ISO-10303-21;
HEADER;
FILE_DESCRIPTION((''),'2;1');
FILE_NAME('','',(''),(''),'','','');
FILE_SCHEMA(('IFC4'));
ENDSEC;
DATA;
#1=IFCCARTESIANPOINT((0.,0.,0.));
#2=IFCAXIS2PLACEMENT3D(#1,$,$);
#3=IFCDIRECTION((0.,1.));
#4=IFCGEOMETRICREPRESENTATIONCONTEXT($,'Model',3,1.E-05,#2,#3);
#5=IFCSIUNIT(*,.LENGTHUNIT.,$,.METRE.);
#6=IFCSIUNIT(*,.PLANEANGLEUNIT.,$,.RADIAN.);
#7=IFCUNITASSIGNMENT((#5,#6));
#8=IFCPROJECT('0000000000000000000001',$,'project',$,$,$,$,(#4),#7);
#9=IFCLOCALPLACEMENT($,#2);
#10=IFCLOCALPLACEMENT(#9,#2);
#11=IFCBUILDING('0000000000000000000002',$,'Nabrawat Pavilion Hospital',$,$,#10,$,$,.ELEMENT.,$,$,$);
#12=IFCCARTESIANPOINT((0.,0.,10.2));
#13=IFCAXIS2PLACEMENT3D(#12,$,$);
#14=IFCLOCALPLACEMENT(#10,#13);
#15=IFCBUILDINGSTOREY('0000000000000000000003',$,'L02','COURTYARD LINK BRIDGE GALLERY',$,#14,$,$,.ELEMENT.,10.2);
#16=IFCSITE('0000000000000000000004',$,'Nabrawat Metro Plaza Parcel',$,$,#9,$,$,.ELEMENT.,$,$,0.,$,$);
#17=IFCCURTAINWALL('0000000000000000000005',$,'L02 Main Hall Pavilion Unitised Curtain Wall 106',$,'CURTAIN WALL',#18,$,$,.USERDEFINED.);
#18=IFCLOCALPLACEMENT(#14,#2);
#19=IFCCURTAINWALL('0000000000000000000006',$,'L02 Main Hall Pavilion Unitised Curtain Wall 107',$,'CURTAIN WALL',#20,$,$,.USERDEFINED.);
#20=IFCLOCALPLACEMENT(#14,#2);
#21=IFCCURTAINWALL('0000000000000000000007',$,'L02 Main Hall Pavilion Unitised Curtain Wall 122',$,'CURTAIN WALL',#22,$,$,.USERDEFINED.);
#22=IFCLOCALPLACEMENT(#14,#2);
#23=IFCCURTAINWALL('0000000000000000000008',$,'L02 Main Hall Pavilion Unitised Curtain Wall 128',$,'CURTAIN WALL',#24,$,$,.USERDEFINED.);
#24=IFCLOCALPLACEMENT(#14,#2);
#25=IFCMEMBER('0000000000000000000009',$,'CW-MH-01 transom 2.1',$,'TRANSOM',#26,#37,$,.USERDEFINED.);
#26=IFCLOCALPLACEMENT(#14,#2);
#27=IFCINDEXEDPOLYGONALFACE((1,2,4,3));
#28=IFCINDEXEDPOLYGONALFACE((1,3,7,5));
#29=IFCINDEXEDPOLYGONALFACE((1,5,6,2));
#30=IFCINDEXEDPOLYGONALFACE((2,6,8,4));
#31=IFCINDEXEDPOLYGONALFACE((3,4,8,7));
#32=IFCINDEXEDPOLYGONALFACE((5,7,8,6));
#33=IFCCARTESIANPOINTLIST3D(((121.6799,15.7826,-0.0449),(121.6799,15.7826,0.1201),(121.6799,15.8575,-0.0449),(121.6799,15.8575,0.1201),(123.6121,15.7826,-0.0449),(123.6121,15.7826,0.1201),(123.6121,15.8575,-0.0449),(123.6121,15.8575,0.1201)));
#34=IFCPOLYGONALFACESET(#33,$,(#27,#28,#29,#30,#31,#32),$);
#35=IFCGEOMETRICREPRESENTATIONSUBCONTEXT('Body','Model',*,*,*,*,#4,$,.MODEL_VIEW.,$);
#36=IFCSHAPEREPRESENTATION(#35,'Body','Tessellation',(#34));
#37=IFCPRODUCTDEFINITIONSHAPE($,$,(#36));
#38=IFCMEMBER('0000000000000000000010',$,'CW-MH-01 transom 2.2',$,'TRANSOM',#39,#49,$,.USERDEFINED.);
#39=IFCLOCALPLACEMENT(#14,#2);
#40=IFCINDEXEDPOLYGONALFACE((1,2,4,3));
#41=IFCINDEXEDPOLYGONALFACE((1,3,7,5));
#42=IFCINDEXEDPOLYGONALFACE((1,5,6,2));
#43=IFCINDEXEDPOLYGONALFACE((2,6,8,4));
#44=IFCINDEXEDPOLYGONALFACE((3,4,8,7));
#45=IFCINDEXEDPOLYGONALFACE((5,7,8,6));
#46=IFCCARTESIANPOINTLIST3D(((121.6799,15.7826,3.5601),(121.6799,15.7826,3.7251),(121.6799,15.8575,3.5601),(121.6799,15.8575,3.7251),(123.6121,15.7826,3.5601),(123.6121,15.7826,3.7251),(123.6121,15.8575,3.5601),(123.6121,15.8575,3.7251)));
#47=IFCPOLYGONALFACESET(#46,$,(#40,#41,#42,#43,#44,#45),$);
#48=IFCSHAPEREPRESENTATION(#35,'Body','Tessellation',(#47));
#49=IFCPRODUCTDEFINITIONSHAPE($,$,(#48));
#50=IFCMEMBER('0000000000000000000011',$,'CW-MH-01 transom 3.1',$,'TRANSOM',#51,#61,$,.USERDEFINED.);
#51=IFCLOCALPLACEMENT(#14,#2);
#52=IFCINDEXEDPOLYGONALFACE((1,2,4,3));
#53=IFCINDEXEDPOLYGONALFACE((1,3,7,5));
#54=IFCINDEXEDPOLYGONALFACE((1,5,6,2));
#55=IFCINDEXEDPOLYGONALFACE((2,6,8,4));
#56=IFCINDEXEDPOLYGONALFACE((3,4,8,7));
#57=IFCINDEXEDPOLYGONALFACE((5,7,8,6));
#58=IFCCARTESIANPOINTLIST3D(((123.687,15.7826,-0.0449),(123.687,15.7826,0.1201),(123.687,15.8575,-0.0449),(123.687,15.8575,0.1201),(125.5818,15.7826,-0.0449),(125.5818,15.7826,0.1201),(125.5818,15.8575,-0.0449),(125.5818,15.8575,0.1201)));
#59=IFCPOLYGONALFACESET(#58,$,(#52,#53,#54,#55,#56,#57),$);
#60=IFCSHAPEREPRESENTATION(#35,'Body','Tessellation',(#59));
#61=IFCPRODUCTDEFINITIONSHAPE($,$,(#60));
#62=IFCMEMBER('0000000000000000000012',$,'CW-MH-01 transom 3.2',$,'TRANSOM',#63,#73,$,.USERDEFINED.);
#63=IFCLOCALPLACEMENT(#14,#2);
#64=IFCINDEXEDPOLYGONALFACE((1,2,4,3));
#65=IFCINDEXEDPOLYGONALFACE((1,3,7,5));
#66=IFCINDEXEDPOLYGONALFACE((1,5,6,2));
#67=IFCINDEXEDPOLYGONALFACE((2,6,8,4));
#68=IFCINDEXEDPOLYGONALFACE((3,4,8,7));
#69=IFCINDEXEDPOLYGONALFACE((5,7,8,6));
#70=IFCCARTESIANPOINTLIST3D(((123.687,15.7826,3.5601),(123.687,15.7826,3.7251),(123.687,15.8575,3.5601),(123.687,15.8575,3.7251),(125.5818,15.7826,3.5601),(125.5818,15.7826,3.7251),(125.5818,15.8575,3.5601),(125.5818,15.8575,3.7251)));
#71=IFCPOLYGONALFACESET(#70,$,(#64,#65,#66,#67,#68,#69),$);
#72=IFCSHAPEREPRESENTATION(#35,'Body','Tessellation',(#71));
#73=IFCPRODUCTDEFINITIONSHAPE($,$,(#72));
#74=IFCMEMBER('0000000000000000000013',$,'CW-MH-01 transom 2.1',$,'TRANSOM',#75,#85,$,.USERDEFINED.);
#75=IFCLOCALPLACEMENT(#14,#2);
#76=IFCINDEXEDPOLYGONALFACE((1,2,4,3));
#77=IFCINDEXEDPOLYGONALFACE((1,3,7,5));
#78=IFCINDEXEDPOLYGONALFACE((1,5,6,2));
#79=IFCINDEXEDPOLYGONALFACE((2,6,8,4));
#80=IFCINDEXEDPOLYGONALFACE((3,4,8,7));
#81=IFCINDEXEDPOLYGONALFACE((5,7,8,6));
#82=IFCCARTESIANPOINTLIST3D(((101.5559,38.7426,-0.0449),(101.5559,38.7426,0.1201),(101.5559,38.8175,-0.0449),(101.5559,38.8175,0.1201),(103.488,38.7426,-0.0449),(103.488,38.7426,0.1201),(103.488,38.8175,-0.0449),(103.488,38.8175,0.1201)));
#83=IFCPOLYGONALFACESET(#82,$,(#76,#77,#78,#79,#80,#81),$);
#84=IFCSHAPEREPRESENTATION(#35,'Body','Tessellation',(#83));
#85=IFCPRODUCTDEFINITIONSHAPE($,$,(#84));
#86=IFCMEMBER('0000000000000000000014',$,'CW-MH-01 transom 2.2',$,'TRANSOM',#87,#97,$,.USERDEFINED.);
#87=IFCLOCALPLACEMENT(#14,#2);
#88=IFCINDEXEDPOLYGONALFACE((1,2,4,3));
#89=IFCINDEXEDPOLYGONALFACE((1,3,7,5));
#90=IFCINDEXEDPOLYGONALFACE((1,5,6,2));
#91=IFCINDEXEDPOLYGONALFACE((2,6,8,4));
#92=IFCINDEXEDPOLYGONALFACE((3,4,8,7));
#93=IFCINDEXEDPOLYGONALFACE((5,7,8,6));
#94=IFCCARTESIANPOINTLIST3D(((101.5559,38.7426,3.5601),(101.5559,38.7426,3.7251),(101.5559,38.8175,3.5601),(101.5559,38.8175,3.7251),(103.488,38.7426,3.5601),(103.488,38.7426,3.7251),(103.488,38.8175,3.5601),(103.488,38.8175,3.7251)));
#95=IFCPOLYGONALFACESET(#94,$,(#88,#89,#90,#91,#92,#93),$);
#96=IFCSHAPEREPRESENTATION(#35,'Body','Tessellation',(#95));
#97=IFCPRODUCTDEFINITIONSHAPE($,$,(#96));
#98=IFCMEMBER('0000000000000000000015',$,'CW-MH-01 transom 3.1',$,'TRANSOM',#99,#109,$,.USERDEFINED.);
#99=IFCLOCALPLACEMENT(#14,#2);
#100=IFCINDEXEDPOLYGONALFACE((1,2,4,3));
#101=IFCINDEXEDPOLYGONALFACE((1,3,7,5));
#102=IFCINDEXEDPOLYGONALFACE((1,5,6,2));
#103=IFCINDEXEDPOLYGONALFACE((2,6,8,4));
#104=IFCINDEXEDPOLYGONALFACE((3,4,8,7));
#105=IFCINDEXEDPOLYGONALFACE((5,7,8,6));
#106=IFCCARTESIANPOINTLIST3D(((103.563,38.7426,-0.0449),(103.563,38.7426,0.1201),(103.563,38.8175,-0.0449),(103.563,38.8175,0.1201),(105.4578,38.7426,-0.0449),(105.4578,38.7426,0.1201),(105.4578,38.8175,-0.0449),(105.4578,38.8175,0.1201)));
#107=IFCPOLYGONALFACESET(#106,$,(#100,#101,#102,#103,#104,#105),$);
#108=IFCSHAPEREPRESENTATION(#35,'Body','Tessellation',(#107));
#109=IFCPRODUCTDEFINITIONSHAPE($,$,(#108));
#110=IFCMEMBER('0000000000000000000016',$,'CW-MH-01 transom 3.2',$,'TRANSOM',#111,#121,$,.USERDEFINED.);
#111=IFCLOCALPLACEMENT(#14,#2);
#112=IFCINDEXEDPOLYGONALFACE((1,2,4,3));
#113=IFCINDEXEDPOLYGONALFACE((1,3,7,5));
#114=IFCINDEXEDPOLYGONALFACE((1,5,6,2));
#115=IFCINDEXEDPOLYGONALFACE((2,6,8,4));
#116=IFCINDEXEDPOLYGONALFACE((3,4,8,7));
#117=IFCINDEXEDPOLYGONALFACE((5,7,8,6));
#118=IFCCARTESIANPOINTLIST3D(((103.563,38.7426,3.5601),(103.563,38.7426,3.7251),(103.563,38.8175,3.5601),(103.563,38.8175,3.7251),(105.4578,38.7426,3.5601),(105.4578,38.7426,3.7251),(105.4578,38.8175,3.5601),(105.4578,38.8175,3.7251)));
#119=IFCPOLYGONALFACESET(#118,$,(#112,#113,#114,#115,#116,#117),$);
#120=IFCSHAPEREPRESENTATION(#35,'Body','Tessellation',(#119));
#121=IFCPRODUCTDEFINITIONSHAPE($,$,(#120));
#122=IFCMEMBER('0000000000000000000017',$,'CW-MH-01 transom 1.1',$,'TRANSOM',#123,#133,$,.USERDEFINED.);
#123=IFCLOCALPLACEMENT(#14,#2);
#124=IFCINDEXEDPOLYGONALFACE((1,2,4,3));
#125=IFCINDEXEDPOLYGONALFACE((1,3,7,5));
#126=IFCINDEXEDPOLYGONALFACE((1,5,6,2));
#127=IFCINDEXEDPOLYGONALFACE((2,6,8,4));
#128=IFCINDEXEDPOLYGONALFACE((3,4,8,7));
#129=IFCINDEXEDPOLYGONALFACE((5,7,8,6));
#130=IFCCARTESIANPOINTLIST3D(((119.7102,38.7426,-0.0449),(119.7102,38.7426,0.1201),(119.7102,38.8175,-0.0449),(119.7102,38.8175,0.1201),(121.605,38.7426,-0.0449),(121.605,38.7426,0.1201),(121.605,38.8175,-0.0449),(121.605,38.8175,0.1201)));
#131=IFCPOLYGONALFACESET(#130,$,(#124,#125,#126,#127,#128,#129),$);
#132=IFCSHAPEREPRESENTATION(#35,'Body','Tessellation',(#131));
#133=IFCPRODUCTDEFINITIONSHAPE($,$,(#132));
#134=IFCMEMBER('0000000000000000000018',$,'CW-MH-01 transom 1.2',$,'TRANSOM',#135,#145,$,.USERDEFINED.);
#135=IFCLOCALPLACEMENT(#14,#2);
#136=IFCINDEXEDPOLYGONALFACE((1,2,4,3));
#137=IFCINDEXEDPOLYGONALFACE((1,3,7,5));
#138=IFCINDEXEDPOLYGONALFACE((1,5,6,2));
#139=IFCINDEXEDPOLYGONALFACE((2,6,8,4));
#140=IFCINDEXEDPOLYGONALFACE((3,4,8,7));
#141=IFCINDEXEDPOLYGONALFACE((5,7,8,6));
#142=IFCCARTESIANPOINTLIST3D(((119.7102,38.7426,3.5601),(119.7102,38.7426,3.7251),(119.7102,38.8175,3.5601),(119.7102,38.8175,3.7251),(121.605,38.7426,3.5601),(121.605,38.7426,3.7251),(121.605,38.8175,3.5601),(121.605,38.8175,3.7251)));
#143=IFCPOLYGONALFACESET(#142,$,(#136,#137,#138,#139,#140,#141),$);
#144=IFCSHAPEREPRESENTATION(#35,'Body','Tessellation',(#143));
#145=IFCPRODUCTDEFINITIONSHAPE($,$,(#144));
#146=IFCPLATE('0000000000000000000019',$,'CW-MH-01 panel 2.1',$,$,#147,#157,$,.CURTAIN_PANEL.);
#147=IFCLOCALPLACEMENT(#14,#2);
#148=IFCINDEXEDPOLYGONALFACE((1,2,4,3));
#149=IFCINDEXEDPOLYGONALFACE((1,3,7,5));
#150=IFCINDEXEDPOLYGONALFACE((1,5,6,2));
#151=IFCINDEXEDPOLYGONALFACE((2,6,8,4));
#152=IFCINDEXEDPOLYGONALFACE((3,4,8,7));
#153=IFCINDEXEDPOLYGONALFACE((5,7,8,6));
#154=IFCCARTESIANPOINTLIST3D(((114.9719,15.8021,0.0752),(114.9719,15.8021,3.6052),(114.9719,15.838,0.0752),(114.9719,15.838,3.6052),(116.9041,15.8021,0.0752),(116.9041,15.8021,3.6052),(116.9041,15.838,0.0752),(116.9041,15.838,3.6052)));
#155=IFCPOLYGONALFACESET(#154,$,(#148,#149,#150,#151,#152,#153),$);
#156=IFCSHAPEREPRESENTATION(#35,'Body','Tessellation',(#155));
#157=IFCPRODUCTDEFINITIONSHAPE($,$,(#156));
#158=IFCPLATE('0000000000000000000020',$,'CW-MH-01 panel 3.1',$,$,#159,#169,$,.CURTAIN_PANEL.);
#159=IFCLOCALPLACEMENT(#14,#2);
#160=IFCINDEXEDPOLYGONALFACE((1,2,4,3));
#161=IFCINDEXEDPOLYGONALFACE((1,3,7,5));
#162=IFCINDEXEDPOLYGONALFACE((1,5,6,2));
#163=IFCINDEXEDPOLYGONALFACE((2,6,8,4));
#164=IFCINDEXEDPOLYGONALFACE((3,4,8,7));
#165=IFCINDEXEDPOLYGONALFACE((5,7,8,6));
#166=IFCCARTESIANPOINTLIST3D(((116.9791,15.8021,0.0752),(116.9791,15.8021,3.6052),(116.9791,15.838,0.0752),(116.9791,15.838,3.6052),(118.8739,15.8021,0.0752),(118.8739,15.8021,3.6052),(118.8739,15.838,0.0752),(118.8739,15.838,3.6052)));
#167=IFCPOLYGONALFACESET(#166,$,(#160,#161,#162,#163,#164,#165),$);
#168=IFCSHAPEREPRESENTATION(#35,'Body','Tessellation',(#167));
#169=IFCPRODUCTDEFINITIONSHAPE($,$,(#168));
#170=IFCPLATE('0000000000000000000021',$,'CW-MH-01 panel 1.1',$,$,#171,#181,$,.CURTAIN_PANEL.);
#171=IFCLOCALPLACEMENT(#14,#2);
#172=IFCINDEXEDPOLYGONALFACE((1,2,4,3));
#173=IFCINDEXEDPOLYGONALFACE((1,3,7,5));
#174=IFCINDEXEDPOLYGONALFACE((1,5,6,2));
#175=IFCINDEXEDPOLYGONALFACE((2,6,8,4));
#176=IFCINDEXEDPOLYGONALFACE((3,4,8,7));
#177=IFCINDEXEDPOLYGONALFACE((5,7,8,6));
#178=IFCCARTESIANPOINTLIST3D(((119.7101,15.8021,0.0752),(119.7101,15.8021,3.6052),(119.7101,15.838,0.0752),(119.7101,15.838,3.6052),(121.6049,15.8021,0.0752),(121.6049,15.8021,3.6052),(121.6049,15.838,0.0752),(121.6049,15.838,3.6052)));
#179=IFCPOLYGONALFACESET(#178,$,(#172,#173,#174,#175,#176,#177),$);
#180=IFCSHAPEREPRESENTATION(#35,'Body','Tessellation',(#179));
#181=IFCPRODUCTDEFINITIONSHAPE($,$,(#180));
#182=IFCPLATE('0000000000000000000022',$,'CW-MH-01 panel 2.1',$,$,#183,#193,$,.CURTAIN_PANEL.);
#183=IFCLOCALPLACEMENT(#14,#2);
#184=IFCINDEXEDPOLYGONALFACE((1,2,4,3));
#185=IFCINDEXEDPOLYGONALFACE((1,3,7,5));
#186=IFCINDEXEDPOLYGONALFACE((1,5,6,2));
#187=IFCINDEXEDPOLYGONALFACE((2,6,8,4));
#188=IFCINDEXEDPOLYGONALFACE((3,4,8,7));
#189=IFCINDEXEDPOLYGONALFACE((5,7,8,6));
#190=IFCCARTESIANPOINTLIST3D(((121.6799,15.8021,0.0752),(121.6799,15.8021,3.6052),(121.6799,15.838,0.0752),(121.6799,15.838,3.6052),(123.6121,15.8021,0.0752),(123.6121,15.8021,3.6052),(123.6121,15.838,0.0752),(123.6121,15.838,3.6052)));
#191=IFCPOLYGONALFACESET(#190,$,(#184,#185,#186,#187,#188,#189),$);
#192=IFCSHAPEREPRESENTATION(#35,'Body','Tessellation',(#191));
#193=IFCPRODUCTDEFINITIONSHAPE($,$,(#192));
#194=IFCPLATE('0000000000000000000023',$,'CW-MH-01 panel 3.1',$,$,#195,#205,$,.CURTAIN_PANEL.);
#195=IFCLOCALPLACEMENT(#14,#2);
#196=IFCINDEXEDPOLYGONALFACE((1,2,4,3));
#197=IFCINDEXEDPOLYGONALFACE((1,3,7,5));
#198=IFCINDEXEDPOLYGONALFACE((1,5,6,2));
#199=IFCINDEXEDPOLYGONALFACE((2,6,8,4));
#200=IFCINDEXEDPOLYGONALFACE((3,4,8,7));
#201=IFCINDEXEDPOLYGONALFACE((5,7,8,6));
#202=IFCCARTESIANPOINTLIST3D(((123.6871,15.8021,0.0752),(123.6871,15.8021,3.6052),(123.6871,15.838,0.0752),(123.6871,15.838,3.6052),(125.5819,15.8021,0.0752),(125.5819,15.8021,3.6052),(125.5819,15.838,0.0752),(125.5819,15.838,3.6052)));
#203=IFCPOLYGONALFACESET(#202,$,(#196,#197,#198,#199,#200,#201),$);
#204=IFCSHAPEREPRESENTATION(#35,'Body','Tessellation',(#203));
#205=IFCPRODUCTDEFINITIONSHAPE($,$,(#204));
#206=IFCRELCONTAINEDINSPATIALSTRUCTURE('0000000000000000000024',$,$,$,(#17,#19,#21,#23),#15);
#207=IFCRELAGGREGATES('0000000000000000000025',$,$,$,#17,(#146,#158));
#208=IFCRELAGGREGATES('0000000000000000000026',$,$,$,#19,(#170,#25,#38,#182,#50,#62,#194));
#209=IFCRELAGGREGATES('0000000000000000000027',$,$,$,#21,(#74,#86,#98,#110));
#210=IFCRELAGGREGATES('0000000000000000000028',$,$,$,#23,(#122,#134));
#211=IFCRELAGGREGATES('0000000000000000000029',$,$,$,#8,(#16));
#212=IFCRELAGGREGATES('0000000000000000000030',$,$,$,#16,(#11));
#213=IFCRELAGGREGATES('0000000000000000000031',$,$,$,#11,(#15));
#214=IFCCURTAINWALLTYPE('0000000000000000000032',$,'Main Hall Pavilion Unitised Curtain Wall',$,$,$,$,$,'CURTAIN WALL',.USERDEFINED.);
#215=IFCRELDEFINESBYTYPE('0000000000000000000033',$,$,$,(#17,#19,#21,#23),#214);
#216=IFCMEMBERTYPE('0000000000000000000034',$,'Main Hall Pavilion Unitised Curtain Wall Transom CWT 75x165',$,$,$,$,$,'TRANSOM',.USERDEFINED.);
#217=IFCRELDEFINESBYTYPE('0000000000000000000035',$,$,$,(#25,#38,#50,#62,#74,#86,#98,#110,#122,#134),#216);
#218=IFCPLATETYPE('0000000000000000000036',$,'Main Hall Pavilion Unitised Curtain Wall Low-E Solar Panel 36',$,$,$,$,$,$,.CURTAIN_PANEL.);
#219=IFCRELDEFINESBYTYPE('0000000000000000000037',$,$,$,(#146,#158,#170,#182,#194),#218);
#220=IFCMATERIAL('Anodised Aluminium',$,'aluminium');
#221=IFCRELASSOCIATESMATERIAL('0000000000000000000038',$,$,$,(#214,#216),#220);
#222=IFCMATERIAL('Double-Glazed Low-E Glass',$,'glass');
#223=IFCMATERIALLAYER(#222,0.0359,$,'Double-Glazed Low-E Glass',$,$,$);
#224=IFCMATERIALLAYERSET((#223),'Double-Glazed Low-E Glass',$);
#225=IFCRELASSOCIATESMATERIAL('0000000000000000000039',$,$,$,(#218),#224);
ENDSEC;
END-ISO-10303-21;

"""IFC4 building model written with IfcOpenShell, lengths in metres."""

from ifc_helpers import new_model, si_unit, direction, frame, origin, origin_2d, place, context, subcontext, project, spatial, rectangle, extrude, material, layer, layer_set, material_profile, profile_set, type_object, element, aggregate, save


model = new_model("IFC4")

# Units and contexts
model_context = context("Model", 3, precision=1e-05, world=origin(), true_north=direction((0.0, 1.0)))
body_context = subcontext(model_context, "Body", "Model", "MODEL_VIEW")
ifc_project = project(units=[si_unit("LENGTHUNIT", "METRE"), si_unit("PLANEANGLEUNIT", "RADIAN")], contexts=[model_context])

# Site, building, storey
site_placement = place(None, origin())
site = spatial("IfcSite", under=ifc_project, at=site_placement, Name="Nabrawat Metro Plaza Parcel", CompositionType="ELEMENT", RefElevation=0.0)
building_placement = place(site_placement, origin())
building = spatial("IfcBuilding", under=site, at=building_placement, Name="Nabrawat Pavilion Hospital", CompositionType="ELEMENT")
storey_placement = place(building_placement, frame((0.0, 0.0, 10.2)))
storey = spatial("IfcBuildingStorey", under=building, at=storey_placement, Name="L02", Description="COURTYARD LINK BRIDGE GALLERY", CompositionType="ELEMENT", Elevation=10.2)

# Curtain walls
ifc_material_1 = material(Name="Anodised Aluminium", Category="aluminium")
curtain_wall_type = type_object("IfcCurtainWallType", Name="Main Hall Pavilion Unitised Curtain Wall", ElementType="CURTAIN WALL", PredefinedType="USERDEFINED", material=ifc_material_1)
curtain_wall_1_placement = place(storey_placement, origin())
curtain_wall_1 = element("IfcCurtainWall", 1, at=curtain_wall_1_placement, inside=storey, type_object=curtain_wall_type, Name="L02 Main Hall Pavilion Unitised Curtain Wall 106", ObjectType="CURTAIN WALL", PredefinedType="USERDEFINED")
curtain_wall_2_placement = place(storey_placement, origin())
curtain_wall_2 = element("IfcCurtainWall", 2, at=curtain_wall_2_placement, inside=storey, type_object=curtain_wall_type, Name="L02 Main Hall Pavilion Unitised Curtain Wall 107", ObjectType="CURTAIN WALL", PredefinedType="USERDEFINED")
curtain_wall_3_placement = place(storey_placement, origin())
curtain_wall_3 = element("IfcCurtainWall", 3, at=curtain_wall_3_placement, inside=storey, type_object=curtain_wall_type, Name="L02 Main Hall Pavilion Unitised Curtain Wall 122", ObjectType="CURTAIN WALL", PredefinedType="USERDEFINED")

# Curtain wall
curtain_wall_4_placement = place(storey_placement, origin())
curtain_wall_4 = element("IfcCurtainWall", 4, at=curtain_wall_4_placement, inside=storey, type_object=curtain_wall_type, Name="L02 Main Hall Pavilion Unitised Curtain Wall 128", ObjectType="CURTAIN WALL", PredefinedType="USERDEFINED")

# Members
ifc_material_profile_1 = material_profile(ifc_material_1, rectangle(XDim=0.075, YDim=0.165, at=origin_2d()), Name="CWT 75x165")
ifc_profile_set_1 = profile_set([ifc_material_profile_1], Name="Anodised Aluminium")
member_type_1 = type_object("IfcMemberType", Name="Main Hall Pavilion Unitised Curtain Wall Transom CWT 75x165", ElementType="TRANSOM", PredefinedType="USERDEFINED", material=ifc_profile_set_1)
member_1_placement = place(storey_placement, frame((121.6799, 15.8201, 0.0376), z_axis=(1.0, 0.0, 0.0), x_axis=(0.0, 1.0, 0.0)))
member_1 = element("IfcMember", 5, at=member_1_placement, type_object=member_type_1, Name="CW-MH-01 transom 2.1", ObjectType="TRANSOM", PredefinedType="USERDEFINED", context=body_context, shape_type="SweptSolid", body=[
    extrude(rectangle(XDim=0.075, YDim=0.165, at=origin_2d()), origin(), (0.0, 0.0, 1.0), 1.9321),
])
member_2_placement = place(storey_placement, frame((121.6799, 15.8201, 3.6426), z_axis=(1.0, 0.0, 0.0), x_axis=(0.0, 1.0, 0.0)))
member_2 = element("IfcMember", 6, at=member_2_placement, type_object=member_type_1, Name="CW-MH-01 transom 2.2", ObjectType="TRANSOM", PredefinedType="USERDEFINED", context=body_context, shape_type="SweptSolid", body=[
    extrude(rectangle(XDim=0.075, YDim=0.165, at=origin_2d()), origin(), (0.0, 0.0, 1.0), 1.9321),
])
member_3_placement = place(storey_placement, frame((123.687, 15.8201, 0.0376), z_axis=(1.0, 0.0, 0.0), x_axis=(0.0, 1.0, 0.0)))
member_3 = element("IfcMember", 7, at=member_3_placement, type_object=member_type_1, Name="CW-MH-01 transom 3.1", ObjectType="TRANSOM", PredefinedType="USERDEFINED", context=body_context, shape_type="SweptSolid", body=[
    extrude(rectangle(XDim=0.075, YDim=0.165, at=origin_2d()), origin(), (0.0, 0.0, 1.0), 1.8948),
])
member_4_placement = place(storey_placement, frame((123.687, 15.8201, 3.6426), z_axis=(1.0, 0.0, 0.0), x_axis=(0.0, 1.0, 0.0)))
member_4 = element("IfcMember", 8, at=member_4_placement, type_object=member_type_1, Name="CW-MH-01 transom 3.2", ObjectType="TRANSOM", PredefinedType="USERDEFINED", context=body_context, shape_type="SweptSolid", body=[
    extrude(rectangle(XDim=0.075, YDim=0.165, at=origin_2d()), origin(), (0.0, 0.0, 1.0), 1.8948),
])
member_5_placement = place(storey_placement, frame((101.5559, 38.78, 0.0376), z_axis=(1.0, 0.0, 0.0), x_axis=(0.0, 1.0, 0.0)))
member_5 = element("IfcMember", 9, at=member_5_placement, type_object=member_type_1, Name="CW-MH-01 transom 2.1", ObjectType="TRANSOM", PredefinedType="USERDEFINED", context=body_context, shape_type="SweptSolid", body=[
    extrude(rectangle(XDim=0.075, YDim=0.165, at=origin_2d()), origin(), (0.0, 0.0, 1.0), 1.9321),
])
member_6_placement = place(storey_placement, frame((101.5559, 38.78, 3.6426), z_axis=(1.0, 0.0, 0.0), x_axis=(0.0, 1.0, 0.0)))
member_6 = element("IfcMember", 10, at=member_6_placement, type_object=member_type_1, Name="CW-MH-01 transom 2.2", ObjectType="TRANSOM", PredefinedType="USERDEFINED", context=body_context, shape_type="SweptSolid", body=[
    extrude(rectangle(XDim=0.075, YDim=0.165, at=origin_2d()), origin(), (0.0, 0.0, 1.0), 1.9321),
])
member_7_placement = place(storey_placement, frame((103.563, 38.78, 0.0376), z_axis=(1.0, 0.0, 0.0), x_axis=(0.0, 1.0, 0.0)))
member_7 = element("IfcMember", 11, at=member_7_placement, type_object=member_type_1, Name="CW-MH-01 transom 3.1", ObjectType="TRANSOM", PredefinedType="USERDEFINED", context=body_context, shape_type="SweptSolid", body=[
    extrude(rectangle(XDim=0.075, YDim=0.165, at=origin_2d()), origin(), (0.0, 0.0, 1.0), 1.8948),
])
member_8_placement = place(storey_placement, frame((103.563, 38.78, 3.6426), z_axis=(1.0, 0.0, 0.0), x_axis=(0.0, 1.0, 0.0)))
member_8 = element("IfcMember", 12, at=member_8_placement, type_object=member_type_1, Name="CW-MH-01 transom 3.2", ObjectType="TRANSOM", PredefinedType="USERDEFINED", context=body_context, shape_type="SweptSolid", body=[
    extrude(rectangle(XDim=0.075, YDim=0.165, at=origin_2d()), origin(), (0.0, 0.0, 1.0), 1.8948),
])
member_9_placement = place(storey_placement, frame((119.7102, 38.78, 0.0376), z_axis=(1.0, 0.0, 0.0), x_axis=(0.0, 1.0, 0.0)))
member_9 = element("IfcMember", 13, at=member_9_placement, type_object=member_type_1, Name="CW-MH-01 transom 1.1", ObjectType="TRANSOM", PredefinedType="USERDEFINED", context=body_context, shape_type="SweptSolid", body=[
    extrude(rectangle(XDim=0.075, YDim=0.165, at=origin_2d()), origin(), (0.0, 0.0, 1.0), 1.8948),
])
member_10_placement = place(storey_placement, frame((119.7102, 38.78, 3.6426), z_axis=(1.0, 0.0, 0.0), x_axis=(0.0, 1.0, 0.0)))
member_10 = element("IfcMember", 14, at=member_10_placement, type_object=member_type_1, Name="CW-MH-01 transom 1.2", ObjectType="TRANSOM", PredefinedType="USERDEFINED", context=body_context, shape_type="SweptSolid", body=[
    extrude(rectangle(XDim=0.075, YDim=0.165, at=origin_2d()), origin(), (0.0, 0.0, 1.0), 1.8948),
])

# Plates
ifc_material_2 = material(Name="Double-Glazed Low-E Glass", Category="glass")
ifc_layer_1 = layer(ifc_material_2, 0.0359, Name="Double-Glazed Low-E Glass")
ifc_layer_set_1 = layer_set([ifc_layer_1], Name="Double-Glazed Low-E Glass")
plate_type = type_object("IfcPlateType", Name="Main Hall Pavilion Unitised Curtain Wall Low-E Solar Panel 36", PredefinedType="CURTAIN_PANEL", material=ifc_layer_set_1)
plate_1_placement = place(storey_placement, frame((115.938, 15.8201, 0.0752), z_axis=(0.0, 0.0, 1.0), x_axis=(1.0, 0.0, 0.0)))
plate_1 = element("IfcPlate", 15, at=plate_1_placement, type_object=plate_type, Name="CW-MH-01 panel 2.1", PredefinedType="CURTAIN_PANEL", context=body_context, shape_type="SweptSolid", body=[
    extrude(rectangle(XDim=1.9321, YDim=0.0359, at=origin_2d()), origin(), (0.0, 0.0, 1.0), 3.53),
])
plate_2_placement = place(storey_placement, frame((117.9265, 15.8201, 0.0752), z_axis=(0.0, 0.0, 1.0), x_axis=(1.0, 0.0, 0.0)))
plate_2 = element("IfcPlate", 16, at=plate_2_placement, type_object=plate_type, Name="CW-MH-01 panel 3.1", PredefinedType="CURTAIN_PANEL", context=body_context, shape_type="SweptSolid", body=[
    extrude(rectangle(XDim=1.8948, YDim=0.0359, at=origin_2d()), origin(), (0.0, 0.0, 1.0), 3.53),
])
aggregate(curtain_wall_1, [plate_1, plate_2])
plate_3_placement = place(storey_placement, frame((120.6575, 15.8201, 0.0752), z_axis=(0.0, 0.0, 1.0), x_axis=(1.0, 0.0, 0.0)))
plate_3 = element("IfcPlate", 17, at=plate_3_placement, type_object=plate_type, Name="CW-MH-01 panel 1.1", PredefinedType="CURTAIN_PANEL", context=body_context, shape_type="SweptSolid", body=[
    extrude(rectangle(XDim=1.8948, YDim=0.0359, at=origin_2d()), origin(), (0.0, 0.0, 1.0), 3.53),
])
plate_4_placement = place(storey_placement, frame((122.646, 15.8201, 0.0752), z_axis=(0.0, 0.0, 1.0), x_axis=(1.0, 0.0, 0.0)))
plate_4 = element("IfcPlate", 18, at=plate_4_placement, type_object=plate_type, Name="CW-MH-01 panel 2.1", PredefinedType="CURTAIN_PANEL", context=body_context, shape_type="SweptSolid", body=[
    extrude(rectangle(XDim=1.9321, YDim=0.0359, at=origin_2d()), origin(), (0.0, 0.0, 1.0), 3.53),
])
plate_5_placement = place(storey_placement, frame((124.6345, 15.8201, 0.0752), z_axis=(0.0, 0.0, 1.0), x_axis=(1.0, 0.0, 0.0)))
plate_5 = element("IfcPlate", 19, at=plate_5_placement, type_object=plate_type, Name="CW-MH-01 panel 3.1", PredefinedType="CURTAIN_PANEL", context=body_context, shape_type="SweptSolid", body=[
    extrude(rectangle(XDim=1.8948, YDim=0.0359, at=origin_2d()), origin(), (0.0, 0.0, 1.0), 3.53),
])
aggregate(curtain_wall_2, [plate_3, member_1, member_2, plate_4, member_3, member_4, plate_5])
aggregate(curtain_wall_3, [member_5, member_6, member_7, member_8])
aggregate(curtain_wall_4, [member_9, member_10])

save(model, "model.ifc")
